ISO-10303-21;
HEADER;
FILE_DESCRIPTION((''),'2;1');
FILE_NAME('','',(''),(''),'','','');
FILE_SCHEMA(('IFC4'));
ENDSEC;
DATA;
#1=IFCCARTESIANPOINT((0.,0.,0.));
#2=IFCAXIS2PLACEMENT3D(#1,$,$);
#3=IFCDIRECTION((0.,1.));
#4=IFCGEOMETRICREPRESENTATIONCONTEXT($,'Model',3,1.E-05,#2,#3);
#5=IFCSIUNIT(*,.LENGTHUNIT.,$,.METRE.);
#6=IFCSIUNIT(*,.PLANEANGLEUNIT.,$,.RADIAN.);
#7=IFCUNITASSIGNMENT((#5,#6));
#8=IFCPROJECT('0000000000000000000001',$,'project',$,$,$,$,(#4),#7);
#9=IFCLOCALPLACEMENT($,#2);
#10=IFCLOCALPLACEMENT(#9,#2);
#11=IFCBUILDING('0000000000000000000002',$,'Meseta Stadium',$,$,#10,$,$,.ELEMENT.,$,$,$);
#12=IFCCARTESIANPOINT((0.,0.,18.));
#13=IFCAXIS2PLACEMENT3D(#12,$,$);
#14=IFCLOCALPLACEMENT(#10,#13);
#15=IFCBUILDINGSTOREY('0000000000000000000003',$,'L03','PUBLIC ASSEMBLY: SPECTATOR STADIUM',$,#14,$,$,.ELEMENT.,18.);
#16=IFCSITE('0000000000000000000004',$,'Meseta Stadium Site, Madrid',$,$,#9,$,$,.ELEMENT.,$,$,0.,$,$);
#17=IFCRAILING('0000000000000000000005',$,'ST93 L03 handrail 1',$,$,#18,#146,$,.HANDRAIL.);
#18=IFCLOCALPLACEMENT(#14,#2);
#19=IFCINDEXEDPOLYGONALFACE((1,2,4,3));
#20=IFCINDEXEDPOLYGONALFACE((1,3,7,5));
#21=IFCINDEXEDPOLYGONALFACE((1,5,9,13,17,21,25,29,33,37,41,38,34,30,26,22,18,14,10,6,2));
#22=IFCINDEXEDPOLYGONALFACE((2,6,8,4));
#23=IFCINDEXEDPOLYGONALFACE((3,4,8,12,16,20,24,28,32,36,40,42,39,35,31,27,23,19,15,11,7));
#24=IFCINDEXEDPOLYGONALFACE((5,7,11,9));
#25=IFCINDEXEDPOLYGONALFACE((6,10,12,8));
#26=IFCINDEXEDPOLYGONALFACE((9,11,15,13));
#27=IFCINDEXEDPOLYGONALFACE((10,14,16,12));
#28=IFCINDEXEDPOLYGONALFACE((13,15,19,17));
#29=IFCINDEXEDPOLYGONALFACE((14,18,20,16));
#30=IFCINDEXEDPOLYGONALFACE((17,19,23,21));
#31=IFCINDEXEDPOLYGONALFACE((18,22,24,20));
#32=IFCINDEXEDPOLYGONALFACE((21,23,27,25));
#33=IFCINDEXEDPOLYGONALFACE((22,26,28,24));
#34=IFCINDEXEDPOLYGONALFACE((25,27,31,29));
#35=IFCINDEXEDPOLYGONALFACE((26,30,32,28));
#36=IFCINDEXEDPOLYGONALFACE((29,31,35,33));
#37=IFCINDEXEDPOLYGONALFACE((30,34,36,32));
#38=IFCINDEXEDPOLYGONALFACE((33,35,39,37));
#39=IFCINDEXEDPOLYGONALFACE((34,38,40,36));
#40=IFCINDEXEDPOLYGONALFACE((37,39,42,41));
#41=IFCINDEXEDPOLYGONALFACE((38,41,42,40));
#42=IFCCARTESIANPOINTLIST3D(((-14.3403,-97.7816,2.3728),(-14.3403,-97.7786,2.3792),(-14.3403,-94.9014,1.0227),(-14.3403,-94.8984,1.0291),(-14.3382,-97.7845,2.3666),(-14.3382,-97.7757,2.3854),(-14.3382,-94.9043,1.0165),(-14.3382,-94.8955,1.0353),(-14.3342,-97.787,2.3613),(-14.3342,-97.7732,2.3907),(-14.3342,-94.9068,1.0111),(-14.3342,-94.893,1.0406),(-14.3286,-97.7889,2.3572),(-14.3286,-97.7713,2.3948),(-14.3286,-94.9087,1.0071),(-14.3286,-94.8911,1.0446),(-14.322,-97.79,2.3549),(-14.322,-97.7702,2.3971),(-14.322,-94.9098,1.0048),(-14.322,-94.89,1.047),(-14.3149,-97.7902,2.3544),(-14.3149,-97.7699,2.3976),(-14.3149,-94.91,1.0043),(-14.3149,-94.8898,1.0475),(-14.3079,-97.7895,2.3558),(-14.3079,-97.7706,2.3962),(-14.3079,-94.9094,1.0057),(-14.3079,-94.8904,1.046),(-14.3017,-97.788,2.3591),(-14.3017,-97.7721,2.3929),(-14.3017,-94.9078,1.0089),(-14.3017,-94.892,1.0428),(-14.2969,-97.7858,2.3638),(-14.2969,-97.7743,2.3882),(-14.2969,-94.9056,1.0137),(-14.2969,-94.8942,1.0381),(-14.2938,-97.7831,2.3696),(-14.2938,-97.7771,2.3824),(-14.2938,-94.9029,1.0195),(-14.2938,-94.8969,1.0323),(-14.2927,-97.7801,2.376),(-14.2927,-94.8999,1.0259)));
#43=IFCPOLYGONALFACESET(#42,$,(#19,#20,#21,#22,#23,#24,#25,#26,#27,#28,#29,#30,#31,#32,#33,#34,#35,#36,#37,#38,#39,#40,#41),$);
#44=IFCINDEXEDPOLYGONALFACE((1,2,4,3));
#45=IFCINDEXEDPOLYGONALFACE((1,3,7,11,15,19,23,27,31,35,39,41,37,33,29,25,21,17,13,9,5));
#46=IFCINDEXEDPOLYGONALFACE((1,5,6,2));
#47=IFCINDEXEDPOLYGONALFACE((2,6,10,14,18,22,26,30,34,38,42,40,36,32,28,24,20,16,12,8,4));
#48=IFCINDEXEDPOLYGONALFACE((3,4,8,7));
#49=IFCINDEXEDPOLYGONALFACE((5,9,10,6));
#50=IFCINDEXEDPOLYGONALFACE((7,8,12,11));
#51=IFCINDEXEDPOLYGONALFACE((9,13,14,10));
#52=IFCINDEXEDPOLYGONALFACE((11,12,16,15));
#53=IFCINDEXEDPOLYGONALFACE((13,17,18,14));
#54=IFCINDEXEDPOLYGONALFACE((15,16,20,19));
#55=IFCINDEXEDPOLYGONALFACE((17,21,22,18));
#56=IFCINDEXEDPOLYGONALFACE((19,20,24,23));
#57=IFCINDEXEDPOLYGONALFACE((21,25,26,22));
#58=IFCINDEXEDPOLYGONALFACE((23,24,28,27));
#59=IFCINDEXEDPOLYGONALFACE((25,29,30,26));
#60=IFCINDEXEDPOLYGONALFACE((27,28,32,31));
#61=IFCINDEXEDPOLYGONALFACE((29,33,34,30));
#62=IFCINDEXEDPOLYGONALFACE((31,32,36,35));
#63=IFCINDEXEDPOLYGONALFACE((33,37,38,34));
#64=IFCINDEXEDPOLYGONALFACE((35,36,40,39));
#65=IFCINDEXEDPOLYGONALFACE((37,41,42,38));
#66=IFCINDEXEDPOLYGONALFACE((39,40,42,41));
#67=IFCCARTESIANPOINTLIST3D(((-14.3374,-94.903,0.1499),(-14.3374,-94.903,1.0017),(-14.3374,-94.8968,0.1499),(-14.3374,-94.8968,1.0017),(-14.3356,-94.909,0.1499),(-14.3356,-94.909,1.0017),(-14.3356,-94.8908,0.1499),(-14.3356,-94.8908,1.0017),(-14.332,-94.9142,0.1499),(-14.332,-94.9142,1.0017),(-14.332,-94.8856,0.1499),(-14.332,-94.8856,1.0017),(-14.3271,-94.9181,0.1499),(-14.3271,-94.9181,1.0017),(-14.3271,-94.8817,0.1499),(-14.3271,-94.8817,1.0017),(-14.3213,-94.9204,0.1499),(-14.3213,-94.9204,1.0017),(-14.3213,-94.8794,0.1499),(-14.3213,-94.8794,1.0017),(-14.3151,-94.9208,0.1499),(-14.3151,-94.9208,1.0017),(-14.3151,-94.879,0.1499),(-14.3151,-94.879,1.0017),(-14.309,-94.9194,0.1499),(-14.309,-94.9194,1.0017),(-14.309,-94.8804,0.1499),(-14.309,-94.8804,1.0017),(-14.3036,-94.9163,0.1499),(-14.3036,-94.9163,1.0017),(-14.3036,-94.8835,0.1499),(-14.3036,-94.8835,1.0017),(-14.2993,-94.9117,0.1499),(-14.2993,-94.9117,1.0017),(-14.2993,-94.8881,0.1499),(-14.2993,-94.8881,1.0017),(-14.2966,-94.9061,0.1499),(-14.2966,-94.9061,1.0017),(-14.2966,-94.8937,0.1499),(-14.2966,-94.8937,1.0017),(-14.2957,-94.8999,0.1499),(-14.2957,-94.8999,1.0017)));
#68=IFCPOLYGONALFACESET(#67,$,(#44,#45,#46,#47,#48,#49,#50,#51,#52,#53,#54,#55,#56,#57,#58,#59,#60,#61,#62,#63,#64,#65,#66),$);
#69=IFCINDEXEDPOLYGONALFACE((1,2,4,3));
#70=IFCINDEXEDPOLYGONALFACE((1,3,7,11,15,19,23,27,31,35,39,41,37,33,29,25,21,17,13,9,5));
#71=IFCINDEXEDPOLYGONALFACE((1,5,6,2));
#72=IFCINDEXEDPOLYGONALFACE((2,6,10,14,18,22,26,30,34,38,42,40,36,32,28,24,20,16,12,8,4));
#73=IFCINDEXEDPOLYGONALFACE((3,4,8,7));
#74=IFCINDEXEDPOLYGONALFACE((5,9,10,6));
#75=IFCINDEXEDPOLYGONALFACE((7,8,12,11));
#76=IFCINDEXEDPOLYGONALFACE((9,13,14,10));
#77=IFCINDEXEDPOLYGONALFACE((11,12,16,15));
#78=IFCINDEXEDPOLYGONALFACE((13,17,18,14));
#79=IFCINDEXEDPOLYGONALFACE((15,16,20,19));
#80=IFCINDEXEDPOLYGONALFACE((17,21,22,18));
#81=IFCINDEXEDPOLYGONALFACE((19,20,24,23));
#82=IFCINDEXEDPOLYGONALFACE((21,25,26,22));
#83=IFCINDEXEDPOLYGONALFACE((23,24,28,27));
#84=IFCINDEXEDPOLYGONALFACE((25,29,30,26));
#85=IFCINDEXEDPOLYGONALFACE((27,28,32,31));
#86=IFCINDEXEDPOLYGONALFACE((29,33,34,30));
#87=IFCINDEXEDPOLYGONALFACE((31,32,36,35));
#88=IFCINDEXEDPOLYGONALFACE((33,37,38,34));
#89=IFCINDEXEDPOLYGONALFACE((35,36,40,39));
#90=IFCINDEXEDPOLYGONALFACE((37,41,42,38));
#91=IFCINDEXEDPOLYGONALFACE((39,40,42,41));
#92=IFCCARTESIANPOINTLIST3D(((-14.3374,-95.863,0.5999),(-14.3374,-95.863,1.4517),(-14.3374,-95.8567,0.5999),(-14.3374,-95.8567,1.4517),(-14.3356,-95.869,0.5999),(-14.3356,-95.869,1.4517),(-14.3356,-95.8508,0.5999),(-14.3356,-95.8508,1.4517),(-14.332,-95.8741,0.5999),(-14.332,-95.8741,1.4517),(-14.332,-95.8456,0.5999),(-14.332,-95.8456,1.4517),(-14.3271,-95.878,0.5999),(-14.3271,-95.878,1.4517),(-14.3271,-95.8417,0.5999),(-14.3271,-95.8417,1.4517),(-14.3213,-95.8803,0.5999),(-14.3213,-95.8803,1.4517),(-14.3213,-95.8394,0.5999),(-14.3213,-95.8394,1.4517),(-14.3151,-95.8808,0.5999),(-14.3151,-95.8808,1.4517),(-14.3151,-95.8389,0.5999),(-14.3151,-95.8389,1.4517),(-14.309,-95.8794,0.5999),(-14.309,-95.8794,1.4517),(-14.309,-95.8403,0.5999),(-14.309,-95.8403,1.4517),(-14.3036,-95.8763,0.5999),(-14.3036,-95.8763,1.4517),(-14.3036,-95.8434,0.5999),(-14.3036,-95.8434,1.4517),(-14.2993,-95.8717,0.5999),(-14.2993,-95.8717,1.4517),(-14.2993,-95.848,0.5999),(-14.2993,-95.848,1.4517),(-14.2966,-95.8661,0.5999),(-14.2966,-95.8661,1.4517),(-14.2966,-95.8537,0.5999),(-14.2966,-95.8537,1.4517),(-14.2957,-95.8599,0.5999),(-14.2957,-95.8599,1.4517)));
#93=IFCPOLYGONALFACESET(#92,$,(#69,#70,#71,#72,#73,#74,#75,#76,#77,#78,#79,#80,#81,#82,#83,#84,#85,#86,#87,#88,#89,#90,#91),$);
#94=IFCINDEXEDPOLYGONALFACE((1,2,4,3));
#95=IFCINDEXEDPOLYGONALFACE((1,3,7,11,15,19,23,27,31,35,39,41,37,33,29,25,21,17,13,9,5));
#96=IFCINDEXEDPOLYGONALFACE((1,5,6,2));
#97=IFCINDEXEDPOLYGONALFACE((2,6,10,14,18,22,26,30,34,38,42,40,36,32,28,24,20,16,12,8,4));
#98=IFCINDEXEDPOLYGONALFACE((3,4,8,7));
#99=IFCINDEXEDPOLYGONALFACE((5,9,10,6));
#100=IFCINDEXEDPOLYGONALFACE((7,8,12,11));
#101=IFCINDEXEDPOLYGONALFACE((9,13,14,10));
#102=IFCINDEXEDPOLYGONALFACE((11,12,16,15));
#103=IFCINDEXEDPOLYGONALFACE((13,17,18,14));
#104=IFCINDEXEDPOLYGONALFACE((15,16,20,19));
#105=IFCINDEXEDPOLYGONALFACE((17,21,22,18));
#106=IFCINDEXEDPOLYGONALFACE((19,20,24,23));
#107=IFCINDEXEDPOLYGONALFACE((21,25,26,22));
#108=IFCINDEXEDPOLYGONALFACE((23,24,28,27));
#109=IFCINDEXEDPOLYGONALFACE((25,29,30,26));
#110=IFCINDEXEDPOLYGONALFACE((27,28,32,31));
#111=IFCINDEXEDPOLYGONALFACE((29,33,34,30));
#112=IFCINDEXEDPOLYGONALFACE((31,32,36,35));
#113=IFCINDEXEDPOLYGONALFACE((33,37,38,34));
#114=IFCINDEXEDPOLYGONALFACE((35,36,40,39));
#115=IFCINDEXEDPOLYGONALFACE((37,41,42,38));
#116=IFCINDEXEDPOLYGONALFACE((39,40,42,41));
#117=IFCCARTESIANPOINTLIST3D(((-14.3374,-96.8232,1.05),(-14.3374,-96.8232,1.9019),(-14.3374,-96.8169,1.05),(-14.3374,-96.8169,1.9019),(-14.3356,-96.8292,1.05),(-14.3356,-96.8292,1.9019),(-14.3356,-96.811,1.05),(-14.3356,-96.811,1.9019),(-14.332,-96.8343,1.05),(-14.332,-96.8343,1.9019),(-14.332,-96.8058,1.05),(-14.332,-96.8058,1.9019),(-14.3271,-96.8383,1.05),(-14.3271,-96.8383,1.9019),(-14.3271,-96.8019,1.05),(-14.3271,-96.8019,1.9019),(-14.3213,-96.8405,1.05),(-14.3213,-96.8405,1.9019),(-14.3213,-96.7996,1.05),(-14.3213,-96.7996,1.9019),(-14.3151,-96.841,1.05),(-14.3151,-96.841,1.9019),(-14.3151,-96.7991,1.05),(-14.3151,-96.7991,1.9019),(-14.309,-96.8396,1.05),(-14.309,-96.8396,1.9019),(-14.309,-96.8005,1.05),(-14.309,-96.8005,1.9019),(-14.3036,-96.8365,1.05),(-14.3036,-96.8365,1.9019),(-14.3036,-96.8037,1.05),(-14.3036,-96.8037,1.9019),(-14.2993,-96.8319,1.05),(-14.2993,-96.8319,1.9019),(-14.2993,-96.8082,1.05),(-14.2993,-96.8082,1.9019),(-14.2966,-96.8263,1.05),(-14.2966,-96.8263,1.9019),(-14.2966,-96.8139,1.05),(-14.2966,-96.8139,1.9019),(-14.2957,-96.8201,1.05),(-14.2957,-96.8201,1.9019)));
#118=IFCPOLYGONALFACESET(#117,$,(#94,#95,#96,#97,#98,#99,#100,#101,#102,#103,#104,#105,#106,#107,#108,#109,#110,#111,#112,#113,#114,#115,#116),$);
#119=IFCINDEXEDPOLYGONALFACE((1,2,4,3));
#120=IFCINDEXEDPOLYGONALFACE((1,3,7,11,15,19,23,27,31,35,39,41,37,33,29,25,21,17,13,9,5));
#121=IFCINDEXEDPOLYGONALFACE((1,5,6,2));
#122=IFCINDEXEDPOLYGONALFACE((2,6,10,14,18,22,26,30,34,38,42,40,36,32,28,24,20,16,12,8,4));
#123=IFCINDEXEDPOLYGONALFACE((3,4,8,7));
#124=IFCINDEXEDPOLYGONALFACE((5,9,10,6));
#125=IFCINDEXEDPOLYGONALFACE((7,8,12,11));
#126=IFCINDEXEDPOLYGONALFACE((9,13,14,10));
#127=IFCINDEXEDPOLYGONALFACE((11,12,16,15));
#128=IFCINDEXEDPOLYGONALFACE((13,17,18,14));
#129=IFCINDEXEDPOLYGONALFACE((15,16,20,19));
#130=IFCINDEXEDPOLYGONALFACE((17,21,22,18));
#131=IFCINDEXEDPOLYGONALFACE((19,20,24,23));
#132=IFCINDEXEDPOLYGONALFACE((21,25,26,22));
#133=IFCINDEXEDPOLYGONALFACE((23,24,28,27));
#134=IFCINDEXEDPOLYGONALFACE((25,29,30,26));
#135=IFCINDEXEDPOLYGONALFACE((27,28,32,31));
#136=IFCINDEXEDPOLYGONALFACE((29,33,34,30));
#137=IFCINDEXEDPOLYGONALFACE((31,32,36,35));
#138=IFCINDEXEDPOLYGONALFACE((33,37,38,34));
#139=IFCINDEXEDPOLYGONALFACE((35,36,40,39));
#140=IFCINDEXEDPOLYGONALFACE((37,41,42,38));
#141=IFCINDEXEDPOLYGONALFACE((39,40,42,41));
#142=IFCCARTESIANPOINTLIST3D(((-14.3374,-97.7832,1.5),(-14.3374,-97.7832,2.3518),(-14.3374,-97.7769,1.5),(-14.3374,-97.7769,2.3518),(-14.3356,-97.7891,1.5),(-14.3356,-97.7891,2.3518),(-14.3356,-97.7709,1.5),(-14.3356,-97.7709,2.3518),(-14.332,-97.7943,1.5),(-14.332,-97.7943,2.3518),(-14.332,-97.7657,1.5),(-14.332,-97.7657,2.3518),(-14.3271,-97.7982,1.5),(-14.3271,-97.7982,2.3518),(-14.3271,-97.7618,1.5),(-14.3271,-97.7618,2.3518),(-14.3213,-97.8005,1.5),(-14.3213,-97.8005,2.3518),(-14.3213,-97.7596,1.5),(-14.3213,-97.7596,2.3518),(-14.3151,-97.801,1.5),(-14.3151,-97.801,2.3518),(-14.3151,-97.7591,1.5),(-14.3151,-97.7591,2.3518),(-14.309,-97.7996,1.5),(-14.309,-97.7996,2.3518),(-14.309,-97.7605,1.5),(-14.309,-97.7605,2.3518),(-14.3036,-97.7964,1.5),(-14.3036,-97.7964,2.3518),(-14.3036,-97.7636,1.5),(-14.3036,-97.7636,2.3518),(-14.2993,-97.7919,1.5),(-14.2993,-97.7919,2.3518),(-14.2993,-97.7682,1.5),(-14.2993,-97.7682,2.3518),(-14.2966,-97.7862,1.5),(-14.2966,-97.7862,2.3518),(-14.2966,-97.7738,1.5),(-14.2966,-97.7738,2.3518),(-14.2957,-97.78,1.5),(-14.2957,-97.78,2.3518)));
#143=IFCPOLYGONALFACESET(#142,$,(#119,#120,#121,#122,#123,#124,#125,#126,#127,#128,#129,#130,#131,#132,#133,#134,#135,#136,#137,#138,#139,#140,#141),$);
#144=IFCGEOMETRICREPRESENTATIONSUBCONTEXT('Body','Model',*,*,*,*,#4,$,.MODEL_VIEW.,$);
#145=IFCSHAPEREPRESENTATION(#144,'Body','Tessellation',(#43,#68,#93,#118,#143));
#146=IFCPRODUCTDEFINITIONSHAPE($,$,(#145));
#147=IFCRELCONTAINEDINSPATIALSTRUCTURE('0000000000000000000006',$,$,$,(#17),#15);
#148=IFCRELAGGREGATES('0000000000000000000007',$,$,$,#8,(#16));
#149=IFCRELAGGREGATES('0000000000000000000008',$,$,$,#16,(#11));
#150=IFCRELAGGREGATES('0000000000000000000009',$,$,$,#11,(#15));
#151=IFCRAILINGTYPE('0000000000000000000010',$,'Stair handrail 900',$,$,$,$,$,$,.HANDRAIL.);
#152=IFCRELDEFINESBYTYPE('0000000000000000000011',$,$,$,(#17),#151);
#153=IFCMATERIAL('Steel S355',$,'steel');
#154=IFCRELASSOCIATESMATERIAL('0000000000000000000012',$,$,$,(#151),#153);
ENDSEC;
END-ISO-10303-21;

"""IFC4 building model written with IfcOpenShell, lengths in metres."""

from ifc_helpers import new_model, si_unit, direction, frame, origin, origin_2d, place, context, subcontext, project, spatial, circle, extrude, material, type_object, element, save


model = new_model("IFC4")

# Units and contexts
model_context = context("Model", 3, precision=1e-05, world=origin(), true_north=direction((0.0, 1.0)))
body_context = subcontext(model_context, "Body", "Model", "MODEL_VIEW")
ifc_project = project(units=[si_unit("LENGTHUNIT", "METRE"), si_unit("PLANEANGLEUNIT", "RADIAN")], contexts=[model_context])

# Site, building, storey
site_placement = place(None, origin())
site = spatial("IfcSite", under=ifc_project, at=site_placement, Name="Meseta Stadium Site, Madrid", CompositionType="ELEMENT", RefElevation=0.0)
building_placement = place(site_placement, origin())
building = spatial("IfcBuilding", under=site, at=building_placement, Name="Meseta Stadium", CompositionType="ELEMENT")
storey_placement = place(building_placement, frame((0.0, 0.0, 18.0)))
storey = spatial("IfcBuildingStorey", under=building, at=storey_placement, Name="L03", Description="PUBLIC ASSEMBLY: SPECTATOR STADIUM", CompositionType="ELEMENT", Elevation=18.0)

# Railing
ifc_material_1 = material(Name="Steel S355", Category="steel")
railing_type_1 = type_object("IfcRailingType", Name="Stair handrail 900", PredefinedType="HANDRAIL", material=ifc_material_1)
for number, where, name in (
    (1, (-14.3167, -94.8999, 0.1499), "ST93 L03 handrail 1"),
):
    element("IfcRailing", number, at=place(storey_placement, frame(where)), inside=storey, type_object=railing_type_1, Name=name, PredefinedType="HANDRAIL", context=body_context, shape_type="SweptSolid", body=[
        extrude(circle(Radius=0.0239, at=origin_2d()), frame((0.0, 0.0, 0.876), z_axis=(0.0, -0.905454, 0.424444), x_axis=(1.0, 0.0, 0.0)), (0.0, 0.0, 1.0), 3.1809),
        extrude(circle(Radius=0.021, at=origin_2d()), origin(), (0.0, 0.0, 1.0), 0.8518),
        extrude(circle(Radius=0.021, at=origin_2d()), frame((0.0, -0.96, 0.45)), (0.0, 0.0, 1.0), 0.8518),
        extrude(circle(Radius=0.021, at=origin_2d()), frame((0.0, -1.9202, 0.9001)), (0.0, 0.0, 1.0), 0.8518),
        extrude(circle(Radius=0.021, at=origin_2d()), frame((0.0, -2.8801, 1.3501)), (0.0, 0.0, 1.0), 0.8518),
    ])

save(model, "model.ifc")
